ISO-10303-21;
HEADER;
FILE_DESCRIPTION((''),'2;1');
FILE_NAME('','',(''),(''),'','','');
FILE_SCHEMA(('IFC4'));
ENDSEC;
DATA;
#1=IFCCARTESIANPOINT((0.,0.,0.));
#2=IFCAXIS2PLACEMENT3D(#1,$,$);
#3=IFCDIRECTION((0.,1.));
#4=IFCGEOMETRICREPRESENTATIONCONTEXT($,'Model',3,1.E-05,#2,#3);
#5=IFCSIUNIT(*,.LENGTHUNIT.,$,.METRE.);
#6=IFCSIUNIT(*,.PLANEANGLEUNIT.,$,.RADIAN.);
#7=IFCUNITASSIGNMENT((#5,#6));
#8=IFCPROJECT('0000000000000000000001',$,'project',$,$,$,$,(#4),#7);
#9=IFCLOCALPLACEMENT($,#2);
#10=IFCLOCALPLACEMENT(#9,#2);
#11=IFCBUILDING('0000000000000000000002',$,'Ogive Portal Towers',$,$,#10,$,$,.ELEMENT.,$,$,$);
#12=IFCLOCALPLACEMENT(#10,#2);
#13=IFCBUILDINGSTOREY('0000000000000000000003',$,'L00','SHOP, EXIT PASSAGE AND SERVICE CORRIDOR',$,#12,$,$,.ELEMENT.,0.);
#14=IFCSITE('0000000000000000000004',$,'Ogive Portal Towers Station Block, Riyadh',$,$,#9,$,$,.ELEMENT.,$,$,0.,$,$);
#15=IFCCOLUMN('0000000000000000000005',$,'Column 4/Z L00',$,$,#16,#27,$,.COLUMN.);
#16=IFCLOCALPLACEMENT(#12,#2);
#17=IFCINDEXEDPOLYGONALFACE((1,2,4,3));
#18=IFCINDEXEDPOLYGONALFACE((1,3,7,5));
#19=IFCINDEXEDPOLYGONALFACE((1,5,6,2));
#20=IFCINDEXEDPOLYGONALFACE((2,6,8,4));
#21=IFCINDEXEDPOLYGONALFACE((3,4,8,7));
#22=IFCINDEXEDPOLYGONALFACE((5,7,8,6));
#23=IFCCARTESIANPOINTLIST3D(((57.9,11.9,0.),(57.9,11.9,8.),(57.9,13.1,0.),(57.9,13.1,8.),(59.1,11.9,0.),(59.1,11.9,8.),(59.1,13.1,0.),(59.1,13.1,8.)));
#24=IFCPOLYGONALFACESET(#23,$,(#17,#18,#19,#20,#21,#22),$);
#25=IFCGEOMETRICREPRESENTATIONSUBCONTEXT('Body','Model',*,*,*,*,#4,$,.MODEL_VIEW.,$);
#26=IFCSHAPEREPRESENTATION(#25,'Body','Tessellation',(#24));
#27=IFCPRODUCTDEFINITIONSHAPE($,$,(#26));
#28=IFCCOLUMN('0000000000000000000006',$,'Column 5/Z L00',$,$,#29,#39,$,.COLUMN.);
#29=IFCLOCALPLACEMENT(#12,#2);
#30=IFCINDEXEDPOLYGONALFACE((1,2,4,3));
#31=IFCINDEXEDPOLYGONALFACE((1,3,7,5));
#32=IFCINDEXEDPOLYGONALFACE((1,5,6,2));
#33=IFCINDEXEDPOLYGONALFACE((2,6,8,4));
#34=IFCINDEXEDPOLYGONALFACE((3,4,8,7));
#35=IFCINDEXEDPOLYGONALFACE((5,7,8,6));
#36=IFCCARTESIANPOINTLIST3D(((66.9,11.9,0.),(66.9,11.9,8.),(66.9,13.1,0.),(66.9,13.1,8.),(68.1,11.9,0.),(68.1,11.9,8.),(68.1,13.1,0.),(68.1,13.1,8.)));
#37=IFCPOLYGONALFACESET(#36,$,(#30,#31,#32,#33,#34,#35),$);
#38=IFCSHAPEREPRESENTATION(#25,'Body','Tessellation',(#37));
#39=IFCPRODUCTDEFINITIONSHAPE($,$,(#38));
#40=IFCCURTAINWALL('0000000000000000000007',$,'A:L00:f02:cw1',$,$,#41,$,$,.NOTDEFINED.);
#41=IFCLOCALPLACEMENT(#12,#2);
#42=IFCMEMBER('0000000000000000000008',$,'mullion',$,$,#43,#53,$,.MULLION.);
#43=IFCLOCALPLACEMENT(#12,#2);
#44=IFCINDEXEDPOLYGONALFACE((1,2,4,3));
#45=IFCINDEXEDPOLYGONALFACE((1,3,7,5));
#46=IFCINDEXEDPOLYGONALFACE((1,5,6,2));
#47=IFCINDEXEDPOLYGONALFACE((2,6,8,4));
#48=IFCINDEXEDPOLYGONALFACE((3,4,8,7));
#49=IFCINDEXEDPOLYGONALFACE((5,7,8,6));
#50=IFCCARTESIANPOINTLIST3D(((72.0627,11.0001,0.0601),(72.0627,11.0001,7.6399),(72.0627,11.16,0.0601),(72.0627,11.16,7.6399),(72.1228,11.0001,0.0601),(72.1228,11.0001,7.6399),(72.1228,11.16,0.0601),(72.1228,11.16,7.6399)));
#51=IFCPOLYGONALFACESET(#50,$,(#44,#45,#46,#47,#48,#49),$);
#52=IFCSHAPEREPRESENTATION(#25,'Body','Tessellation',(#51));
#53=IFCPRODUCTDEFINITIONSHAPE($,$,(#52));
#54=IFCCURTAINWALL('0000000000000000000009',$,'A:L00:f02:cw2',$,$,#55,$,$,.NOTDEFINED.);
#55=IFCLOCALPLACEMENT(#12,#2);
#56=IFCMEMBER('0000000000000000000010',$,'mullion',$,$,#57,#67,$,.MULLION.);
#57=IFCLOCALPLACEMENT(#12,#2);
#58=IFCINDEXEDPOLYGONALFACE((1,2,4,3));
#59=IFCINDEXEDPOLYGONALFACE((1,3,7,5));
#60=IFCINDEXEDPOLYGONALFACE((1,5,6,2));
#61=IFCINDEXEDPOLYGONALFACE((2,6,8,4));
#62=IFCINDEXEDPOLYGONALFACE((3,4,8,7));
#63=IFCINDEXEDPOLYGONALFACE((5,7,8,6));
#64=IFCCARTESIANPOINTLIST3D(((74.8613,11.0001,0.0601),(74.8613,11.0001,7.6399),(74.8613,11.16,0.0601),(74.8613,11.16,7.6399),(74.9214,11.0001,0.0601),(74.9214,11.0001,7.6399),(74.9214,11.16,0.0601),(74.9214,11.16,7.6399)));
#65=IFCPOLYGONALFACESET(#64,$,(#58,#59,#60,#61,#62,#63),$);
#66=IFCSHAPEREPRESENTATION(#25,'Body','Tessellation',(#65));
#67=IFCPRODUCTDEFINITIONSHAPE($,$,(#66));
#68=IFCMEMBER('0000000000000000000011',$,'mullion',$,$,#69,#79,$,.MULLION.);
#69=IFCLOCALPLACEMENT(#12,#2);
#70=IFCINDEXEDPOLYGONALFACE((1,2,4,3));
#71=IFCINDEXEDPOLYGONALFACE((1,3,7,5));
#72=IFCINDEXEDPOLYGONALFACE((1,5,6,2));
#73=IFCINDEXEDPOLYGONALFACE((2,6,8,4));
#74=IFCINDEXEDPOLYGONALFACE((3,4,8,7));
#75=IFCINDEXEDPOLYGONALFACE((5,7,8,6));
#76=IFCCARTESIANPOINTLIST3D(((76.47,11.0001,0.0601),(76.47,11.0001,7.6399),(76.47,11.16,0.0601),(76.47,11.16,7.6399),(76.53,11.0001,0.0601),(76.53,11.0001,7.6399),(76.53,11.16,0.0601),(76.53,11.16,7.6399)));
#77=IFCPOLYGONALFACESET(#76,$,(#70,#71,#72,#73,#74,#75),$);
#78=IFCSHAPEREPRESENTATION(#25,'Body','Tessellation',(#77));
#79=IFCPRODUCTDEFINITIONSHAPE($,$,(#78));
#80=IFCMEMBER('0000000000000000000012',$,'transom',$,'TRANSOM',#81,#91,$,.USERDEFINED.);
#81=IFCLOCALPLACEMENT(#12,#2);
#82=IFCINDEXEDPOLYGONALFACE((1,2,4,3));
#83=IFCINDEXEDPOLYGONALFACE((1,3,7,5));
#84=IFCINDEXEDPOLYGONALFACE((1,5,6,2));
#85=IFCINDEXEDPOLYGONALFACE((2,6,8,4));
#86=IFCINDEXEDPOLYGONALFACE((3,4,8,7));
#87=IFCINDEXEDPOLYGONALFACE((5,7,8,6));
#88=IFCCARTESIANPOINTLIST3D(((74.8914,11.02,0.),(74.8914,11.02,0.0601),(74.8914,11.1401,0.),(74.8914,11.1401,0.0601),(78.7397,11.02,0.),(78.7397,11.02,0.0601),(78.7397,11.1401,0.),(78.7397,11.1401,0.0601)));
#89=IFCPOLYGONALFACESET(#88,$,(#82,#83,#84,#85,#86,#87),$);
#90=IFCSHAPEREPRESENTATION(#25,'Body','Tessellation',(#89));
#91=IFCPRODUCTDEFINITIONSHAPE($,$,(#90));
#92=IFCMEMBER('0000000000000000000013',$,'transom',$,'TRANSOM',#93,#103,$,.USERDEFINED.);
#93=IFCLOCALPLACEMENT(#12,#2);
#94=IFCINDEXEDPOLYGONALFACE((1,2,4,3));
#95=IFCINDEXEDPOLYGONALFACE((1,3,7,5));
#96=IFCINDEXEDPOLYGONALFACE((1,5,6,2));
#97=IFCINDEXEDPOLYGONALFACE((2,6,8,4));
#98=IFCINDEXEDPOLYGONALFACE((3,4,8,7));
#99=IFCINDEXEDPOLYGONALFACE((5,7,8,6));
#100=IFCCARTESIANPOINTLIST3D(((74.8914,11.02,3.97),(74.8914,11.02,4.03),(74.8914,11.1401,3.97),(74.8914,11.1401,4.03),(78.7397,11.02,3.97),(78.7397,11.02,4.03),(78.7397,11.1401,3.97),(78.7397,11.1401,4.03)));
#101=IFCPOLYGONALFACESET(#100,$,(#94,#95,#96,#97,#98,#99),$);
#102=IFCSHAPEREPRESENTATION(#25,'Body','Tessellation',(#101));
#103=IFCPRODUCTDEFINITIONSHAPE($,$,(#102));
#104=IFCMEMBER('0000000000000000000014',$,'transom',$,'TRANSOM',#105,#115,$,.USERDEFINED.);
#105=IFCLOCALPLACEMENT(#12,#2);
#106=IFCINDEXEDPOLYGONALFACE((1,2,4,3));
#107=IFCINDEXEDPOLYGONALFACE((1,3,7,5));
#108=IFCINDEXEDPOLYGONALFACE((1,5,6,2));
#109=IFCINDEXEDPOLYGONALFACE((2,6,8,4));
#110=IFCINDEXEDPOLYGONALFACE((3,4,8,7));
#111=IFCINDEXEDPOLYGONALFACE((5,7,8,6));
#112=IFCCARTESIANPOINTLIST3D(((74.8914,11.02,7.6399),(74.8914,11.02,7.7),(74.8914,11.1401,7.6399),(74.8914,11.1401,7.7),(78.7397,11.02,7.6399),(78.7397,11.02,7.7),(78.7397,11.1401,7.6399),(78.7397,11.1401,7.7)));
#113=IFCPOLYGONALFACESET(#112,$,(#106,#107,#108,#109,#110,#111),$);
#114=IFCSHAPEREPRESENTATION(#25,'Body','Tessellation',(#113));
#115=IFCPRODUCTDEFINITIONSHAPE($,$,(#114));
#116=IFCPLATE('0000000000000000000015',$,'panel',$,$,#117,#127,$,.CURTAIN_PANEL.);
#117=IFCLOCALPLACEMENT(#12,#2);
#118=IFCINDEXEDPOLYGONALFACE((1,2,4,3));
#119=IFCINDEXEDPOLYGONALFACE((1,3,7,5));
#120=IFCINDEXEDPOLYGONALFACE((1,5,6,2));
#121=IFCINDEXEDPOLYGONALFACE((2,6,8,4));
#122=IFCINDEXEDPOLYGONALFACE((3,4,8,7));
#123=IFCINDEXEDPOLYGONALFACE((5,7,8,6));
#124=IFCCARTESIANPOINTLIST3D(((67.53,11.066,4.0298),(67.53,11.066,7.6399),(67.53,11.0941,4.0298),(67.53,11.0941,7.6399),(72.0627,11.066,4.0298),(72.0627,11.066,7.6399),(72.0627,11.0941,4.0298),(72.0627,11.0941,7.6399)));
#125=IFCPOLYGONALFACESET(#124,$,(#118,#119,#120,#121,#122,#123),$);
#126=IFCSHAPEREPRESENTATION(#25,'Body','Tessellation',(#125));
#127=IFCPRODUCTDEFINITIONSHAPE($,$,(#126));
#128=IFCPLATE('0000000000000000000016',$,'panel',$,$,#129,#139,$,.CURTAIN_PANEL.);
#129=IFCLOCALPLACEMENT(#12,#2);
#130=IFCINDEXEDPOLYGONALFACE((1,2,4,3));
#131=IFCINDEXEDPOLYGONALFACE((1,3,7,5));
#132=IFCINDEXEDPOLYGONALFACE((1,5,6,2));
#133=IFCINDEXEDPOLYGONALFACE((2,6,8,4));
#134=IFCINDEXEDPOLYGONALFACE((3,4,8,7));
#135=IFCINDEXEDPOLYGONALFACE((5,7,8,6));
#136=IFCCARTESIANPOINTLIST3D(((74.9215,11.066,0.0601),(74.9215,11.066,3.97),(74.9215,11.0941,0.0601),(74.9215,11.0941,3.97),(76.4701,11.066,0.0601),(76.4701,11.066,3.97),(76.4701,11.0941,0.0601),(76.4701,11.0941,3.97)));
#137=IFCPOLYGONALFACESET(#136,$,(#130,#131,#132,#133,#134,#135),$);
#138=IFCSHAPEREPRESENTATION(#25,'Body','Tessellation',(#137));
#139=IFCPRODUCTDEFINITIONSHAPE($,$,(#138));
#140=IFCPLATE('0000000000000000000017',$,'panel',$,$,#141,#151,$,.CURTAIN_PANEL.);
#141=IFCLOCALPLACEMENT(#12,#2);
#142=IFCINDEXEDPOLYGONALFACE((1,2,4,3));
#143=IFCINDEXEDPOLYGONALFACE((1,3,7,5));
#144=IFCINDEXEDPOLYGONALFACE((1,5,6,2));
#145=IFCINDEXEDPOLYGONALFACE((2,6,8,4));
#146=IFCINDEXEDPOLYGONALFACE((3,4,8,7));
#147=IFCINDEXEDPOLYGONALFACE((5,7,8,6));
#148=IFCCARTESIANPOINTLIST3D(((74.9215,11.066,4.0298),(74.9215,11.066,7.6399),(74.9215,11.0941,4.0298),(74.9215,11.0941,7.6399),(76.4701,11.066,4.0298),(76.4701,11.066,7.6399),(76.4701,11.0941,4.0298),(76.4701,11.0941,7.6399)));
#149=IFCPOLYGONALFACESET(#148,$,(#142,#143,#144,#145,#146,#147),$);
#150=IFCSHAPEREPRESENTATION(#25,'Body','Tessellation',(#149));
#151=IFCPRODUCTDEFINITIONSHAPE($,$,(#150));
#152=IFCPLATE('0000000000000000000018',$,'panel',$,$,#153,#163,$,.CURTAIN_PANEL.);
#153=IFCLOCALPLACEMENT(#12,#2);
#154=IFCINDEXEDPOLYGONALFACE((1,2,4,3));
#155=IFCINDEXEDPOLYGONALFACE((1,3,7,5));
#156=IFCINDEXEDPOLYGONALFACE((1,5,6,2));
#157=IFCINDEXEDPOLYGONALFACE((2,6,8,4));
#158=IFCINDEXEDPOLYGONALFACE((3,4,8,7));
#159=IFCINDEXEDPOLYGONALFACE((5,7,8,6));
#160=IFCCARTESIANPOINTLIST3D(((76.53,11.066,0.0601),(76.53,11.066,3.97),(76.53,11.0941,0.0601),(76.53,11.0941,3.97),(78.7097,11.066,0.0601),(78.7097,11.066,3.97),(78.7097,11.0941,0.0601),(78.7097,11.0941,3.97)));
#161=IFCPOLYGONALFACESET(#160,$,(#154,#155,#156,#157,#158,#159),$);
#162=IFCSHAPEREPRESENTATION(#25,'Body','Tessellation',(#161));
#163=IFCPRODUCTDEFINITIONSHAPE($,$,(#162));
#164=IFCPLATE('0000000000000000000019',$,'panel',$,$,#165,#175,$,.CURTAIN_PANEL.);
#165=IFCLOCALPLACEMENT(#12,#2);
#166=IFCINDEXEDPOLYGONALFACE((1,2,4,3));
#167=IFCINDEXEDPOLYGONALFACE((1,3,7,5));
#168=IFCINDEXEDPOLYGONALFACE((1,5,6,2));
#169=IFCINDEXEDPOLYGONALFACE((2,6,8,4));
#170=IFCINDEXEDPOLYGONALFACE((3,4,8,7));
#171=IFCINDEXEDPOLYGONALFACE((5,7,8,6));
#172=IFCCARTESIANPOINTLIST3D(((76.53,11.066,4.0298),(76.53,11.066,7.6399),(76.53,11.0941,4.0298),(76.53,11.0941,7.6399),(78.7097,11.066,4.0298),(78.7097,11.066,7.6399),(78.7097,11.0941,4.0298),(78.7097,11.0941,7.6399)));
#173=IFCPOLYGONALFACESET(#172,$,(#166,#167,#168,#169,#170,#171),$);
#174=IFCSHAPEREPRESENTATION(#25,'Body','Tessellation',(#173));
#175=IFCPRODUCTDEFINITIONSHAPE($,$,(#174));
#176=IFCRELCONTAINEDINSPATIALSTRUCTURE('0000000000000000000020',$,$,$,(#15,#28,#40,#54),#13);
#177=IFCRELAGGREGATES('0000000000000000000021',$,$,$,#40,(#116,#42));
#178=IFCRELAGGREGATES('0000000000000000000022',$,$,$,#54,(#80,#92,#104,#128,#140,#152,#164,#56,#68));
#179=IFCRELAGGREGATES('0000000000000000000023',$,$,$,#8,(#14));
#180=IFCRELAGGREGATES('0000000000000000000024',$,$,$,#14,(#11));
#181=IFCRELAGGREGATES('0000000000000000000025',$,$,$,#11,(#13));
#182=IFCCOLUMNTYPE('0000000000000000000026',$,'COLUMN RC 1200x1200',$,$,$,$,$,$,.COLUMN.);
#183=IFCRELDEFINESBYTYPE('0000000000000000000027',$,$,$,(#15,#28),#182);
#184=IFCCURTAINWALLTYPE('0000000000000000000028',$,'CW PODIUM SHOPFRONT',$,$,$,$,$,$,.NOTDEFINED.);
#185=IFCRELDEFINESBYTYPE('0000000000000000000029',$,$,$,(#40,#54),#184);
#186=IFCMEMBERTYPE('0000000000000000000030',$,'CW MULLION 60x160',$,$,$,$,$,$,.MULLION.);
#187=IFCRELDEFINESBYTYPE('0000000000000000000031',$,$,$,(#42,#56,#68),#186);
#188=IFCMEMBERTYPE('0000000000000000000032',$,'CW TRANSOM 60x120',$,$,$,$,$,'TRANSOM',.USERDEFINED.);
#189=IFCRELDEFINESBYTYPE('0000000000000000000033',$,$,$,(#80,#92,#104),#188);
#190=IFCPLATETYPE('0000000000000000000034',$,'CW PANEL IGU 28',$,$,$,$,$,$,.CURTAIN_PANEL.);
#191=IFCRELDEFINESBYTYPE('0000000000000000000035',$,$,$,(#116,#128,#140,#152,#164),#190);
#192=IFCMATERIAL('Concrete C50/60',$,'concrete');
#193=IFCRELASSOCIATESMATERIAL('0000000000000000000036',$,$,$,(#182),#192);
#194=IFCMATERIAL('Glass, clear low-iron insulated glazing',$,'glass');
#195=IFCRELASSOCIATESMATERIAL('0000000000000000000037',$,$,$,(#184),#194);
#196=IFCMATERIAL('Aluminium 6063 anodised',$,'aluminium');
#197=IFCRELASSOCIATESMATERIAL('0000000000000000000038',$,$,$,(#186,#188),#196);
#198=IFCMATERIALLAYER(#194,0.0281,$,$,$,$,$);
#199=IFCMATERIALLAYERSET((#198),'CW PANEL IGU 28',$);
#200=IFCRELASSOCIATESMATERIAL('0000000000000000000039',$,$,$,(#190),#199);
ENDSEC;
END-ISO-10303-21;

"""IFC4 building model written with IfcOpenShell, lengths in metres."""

from ifc_helpers import new_model, si_unit, direction, frame, origin, origin_2d, place, context, subcontext, project, spatial, rectangle, extrude, material, layer, layer_set, material_profile, profile_set, type_object, element, aggregate, save


model = new_model("IFC4")

# Units and contexts
model_context = context("Model", 3, precision=1e-05, world=origin(), true_north=direction((0.0, 1.0)))
body_context = subcontext(model_context, "Body", "Model", "MODEL_VIEW")
ifc_project = project(units=[si_unit("LENGTHUNIT", "METRE"), si_unit("PLANEANGLEUNIT", "RADIAN")], contexts=[model_context])

# Site, building, storey
site_placement = place(None, origin())
site = spatial("IfcSite", under=ifc_project, at=site_placement, Name="Ogive Portal Towers Station Block, Riyadh", CompositionType="ELEMENT", RefElevation=0.0)
building_placement = place(site_placement, origin())
building = spatial("IfcBuilding", under=site, at=building_placement, Name="Ogive Portal Towers", CompositionType="ELEMENT")
storey_placement = place(building_placement, origin())
storey = spatial("IfcBuildingStorey", under=building, at=storey_placement, Name="L00", Description="SHOP, EXIT PASSAGE AND SERVICE CORRIDOR", CompositionType="ELEMENT", Elevation=0.0)

# Columns
ifc_material_1 = material(Name="Concrete C50/60", Category="concrete")
ifc_material_profile_1 = material_profile(ifc_material_1, rectangle(XDim=1.2, YDim=1.2, at=origin_2d()), Name="RC 1200x1200")
ifc_profile_set_1 = profile_set([ifc_material_profile_1], Name="Concrete C50/60")
column_type = type_object("IfcColumnType", Name="COLUMN RC 1200x1200", PredefinedType="COLUMN", material=ifc_profile_set_1)
for number, where, z_axis, x_axis, name in (
    (1, (58.5, 12.5, 0.0), (0.0, 0.0, 1.0), (1.0, 0.0, 0.0), "Column 4/Z L00"),
    (2, (67.5, 12.5, 0.0), (0.0, 0.0, 1.0), (1.0, 0.0, 0.0), "Column 5/Z L00"),
):
    element("IfcColumn", number, at=place(storey_placement, frame(where, z_axis=z_axis, x_axis=x_axis)), inside=storey, type_object=column_type, Name=name, PredefinedType="COLUMN", context=body_context, shape_type="SweptSolid", body=[
        extrude(rectangle(XDim=1.2, YDim=1.2, at=origin_2d()), origin(), (0.0, 0.0, 1.0), 8.0),
    ])

# Curtain wall, member
ifc_material_2 = material(Name="Glass, clear low-iron insulated glazing", Category="glass")
curtain_wall_type = type_object("IfcCurtainWallType", Name="CW PODIUM SHOPFRONT", PredefinedType="NOTDEFINED", material=ifc_material_2)
curtain_wall_1_placement = place(storey_placement, origin())
curtain_wall_1 = element("IfcCurtainWall", 3, at=curtain_wall_1_placement, inside=storey, type_object=curtain_wall_type, Name="A:L00:f02:cw1", PredefinedType="NOTDEFINED")
ifc_material_3 = material(Name="Aluminium 6063 anodised", Category="aluminium")
ifc_material_profile_2 = material_profile(ifc_material_3, rectangle(XDim=0.1599, YDim=0.0601, at=origin_2d()), Name="AL 60x160")
ifc_profile_set_2 = profile_set([ifc_material_profile_2], Name="Aluminium 6063 anodised")
member_type_1 = type_object("IfcMemberType", Name="CW MULLION 60x160", PredefinedType="MULLION", material=ifc_profile_set_2)
member_1_placement = place(storey_placement, frame((72.0928, 11.0801, 0.0601), z_axis=(0.0, 0.0, 1.0), x_axis=(0.0, 1.0, 0.0)))
member_1 = element("IfcMember", 4, at=member_1_placement, type_object=member_type_1, Name="mullion", PredefinedType="MULLION", context=body_context, shape_type="SweptSolid", body=[
    extrude(rectangle(XDim=0.1599, YDim=0.0601, at=origin_2d()), origin(), (0.0, 0.0, 1.0), 7.5798),
])

# Curtain wall, members
curtain_wall_2_placement = place(storey_placement, origin())
curtain_wall_2 = element("IfcCurtainWall", 5, at=curtain_wall_2_placement, inside=storey, type_object=curtain_wall_type, Name="A:L00:f02:cw2", PredefinedType="NOTDEFINED")
member_2_placement = place(storey_placement, frame((74.8914, 11.0801, 0.0601), z_axis=(0.0, 0.0, 1.0), x_axis=(0.0, 1.0, 0.0)))
member_2 = element("IfcMember", 6, at=member_2_placement, type_object=member_type_1, Name="mullion", PredefinedType="MULLION", context=body_context, shape_type="SweptSolid", body=[
    extrude(rectangle(XDim=0.1599, YDim=0.0601, at=origin_2d()), origin(), (0.0, 0.0, 1.0), 7.5798),
])
member_3_placement = place(storey_placement, frame((76.5, 11.0801, 0.0601), z_axis=(0.0, 0.0, 1.0), x_axis=(0.0, 1.0, 0.0)))
member_3 = element("IfcMember", 7, at=member_3_placement, type_object=member_type_1, Name="mullion", PredefinedType="MULLION", context=body_context, shape_type="SweptSolid", body=[
    extrude(rectangle(XDim=0.1599, YDim=0.0601, at=origin_2d()), origin(), (0.0, 0.0, 1.0), 7.5798),
])
ifc_material_profile_3 = material_profile(ifc_material_3, rectangle(XDim=0.1201, YDim=0.0601, at=origin_2d()), Name="AL 120x60")
ifc_profile_set_3 = profile_set([ifc_material_profile_3], Name="Aluminium 6063 anodised")
member_type_2 = type_object("IfcMemberType", Name="CW TRANSOM 60x120", ElementType="TRANSOM", PredefinedType="USERDEFINED", material=ifc_profile_set_3)
member_4_placement = place(storey_placement, frame((74.8914, 11.0801, 0.03), z_axis=(1.0, 0.0, 0.0), x_axis=(0.0, 1.0, 0.0)))
member_4 = element("IfcMember", 8, at=member_4_placement, type_object=member_type_2, Name="transom", ObjectType="TRANSOM", PredefinedType="USERDEFINED", context=body_context, shape_type="SweptSolid", body=[
    extrude(rectangle(XDim=0.1201, YDim=0.0601, at=origin_2d()), origin(), (0.0, 0.0, 1.0), 3.8484),
])
member_5_placement = place(storey_placement, frame((74.8914, 11.0801, 4.0), z_axis=(1.0, 0.0, 0.0), x_axis=(0.0, 1.0, 0.0)))
member_5 = element("IfcMember", 9, at=member_5_placement, type_object=member_type_2, Name="transom", ObjectType="TRANSOM", PredefinedType="USERDEFINED", context=body_context, shape_type="SweptSolid", body=[
    extrude(rectangle(XDim=0.1201, YDim=0.0601, at=origin_2d()), origin(), (0.0, 0.0, 1.0), 3.8484),
])
member_6_placement = place(storey_placement, frame((74.8914, 11.0801, 7.6699), z_axis=(1.0, 0.0, 0.0), x_axis=(0.0, 1.0, 0.0)))
member_6 = element("IfcMember", 10, at=member_6_placement, type_object=member_type_2, Name="transom", ObjectType="TRANSOM", PredefinedType="USERDEFINED", context=body_context, shape_type="SweptSolid", body=[
    extrude(rectangle(XDim=0.1201, YDim=0.0601, at=origin_2d()), origin(), (0.0, 0.0, 1.0), 3.8484),
])

# Plates
ifc_layer_1 = layer(ifc_material_2, 0.0281)
ifc_layer_set_1 = layer_set([ifc_layer_1], Name="CW PANEL IGU 28")
plate_type = type_object("IfcPlateType", Name="CW PANEL IGU 28", PredefinedType="CURTAIN_PANEL", material=ifc_layer_set_1)
plate_1_placement = place(storey_placement, frame((69.7964, 11.0801, 4.0298), z_axis=(0.0, 0.0, 1.0), x_axis=(1.0, 0.0, 0.0)))
plate_1 = element("IfcPlate", 11, at=plate_1_placement, type_object=plate_type, Name="panel", PredefinedType="CURTAIN_PANEL", context=body_context, shape_type="SweptSolid", body=[
    extrude(rectangle(XDim=4.5327, YDim=0.0281, at=origin_2d()), origin(), (0.0, 0.0, 1.0), 3.6101),
])
aggregate(curtain_wall_1, [plate_1, member_1])
plate_2_placement = place(storey_placement, frame((75.6958, 11.0801, 0.0601), z_axis=(0.0, 0.0, 1.0), x_axis=(1.0, 0.0, 0.0)))
plate_2 = element("IfcPlate", 12, at=plate_2_placement, type_object=plate_type, Name="panel", PredefinedType="CURTAIN_PANEL", context=body_context, shape_type="SweptSolid", body=[
    extrude(rectangle(XDim=1.5486, YDim=0.0281, at=origin_2d()), origin(), (0.0, 0.0, 1.0), 3.9099),
])
plate_3_placement = place(storey_placement, frame((75.6958, 11.0801, 4.0298), z_axis=(0.0, 0.0, 1.0), x_axis=(1.0, 0.0, 0.0)))
plate_3 = element("IfcPlate", 13, at=plate_3_placement, type_object=plate_type, Name="panel", PredefinedType="CURTAIN_PANEL", context=body_context, shape_type="SweptSolid", body=[
    extrude(rectangle(XDim=1.5486, YDim=0.0281, at=origin_2d()), origin(), (0.0, 0.0, 1.0), 3.6101),
])
plate_4_placement = place(storey_placement, frame((77.6199, 11.0801, 0.0601), z_axis=(0.0, 0.0, 1.0), x_axis=(1.0, 0.0, 0.0)))
plate_4 = element("IfcPlate", 14, at=plate_4_placement, type_object=plate_type, Name="panel", PredefinedType="CURTAIN_PANEL", context=body_context, shape_type="SweptSolid", body=[
    extrude(rectangle(XDim=2.1797, YDim=0.0281, at=origin_2d()), origin(), (0.0, 0.0, 1.0), 3.9099),
])
plate_5_placement = place(storey_placement, frame((77.6199, 11.0801, 4.0298), z_axis=(0.0, 0.0, 1.0), x_axis=(1.0, 0.0, 0.0)))
plate_5 = element("IfcPlate", 15, at=plate_5_placement, type_object=plate_type, Name="panel", PredefinedType="CURTAIN_PANEL", context=body_context, shape_type="SweptSolid", body=[
    extrude(rectangle(XDim=2.1797, YDim=0.0281, at=origin_2d()), origin(), (0.0, 0.0, 1.0), 3.6101),
])
aggregate(curtain_wall_2, [member_4, member_5, member_6, plate_2, plate_3, plate_4, plate_5, member_2, member_3])

save(model, "model.ifc")
